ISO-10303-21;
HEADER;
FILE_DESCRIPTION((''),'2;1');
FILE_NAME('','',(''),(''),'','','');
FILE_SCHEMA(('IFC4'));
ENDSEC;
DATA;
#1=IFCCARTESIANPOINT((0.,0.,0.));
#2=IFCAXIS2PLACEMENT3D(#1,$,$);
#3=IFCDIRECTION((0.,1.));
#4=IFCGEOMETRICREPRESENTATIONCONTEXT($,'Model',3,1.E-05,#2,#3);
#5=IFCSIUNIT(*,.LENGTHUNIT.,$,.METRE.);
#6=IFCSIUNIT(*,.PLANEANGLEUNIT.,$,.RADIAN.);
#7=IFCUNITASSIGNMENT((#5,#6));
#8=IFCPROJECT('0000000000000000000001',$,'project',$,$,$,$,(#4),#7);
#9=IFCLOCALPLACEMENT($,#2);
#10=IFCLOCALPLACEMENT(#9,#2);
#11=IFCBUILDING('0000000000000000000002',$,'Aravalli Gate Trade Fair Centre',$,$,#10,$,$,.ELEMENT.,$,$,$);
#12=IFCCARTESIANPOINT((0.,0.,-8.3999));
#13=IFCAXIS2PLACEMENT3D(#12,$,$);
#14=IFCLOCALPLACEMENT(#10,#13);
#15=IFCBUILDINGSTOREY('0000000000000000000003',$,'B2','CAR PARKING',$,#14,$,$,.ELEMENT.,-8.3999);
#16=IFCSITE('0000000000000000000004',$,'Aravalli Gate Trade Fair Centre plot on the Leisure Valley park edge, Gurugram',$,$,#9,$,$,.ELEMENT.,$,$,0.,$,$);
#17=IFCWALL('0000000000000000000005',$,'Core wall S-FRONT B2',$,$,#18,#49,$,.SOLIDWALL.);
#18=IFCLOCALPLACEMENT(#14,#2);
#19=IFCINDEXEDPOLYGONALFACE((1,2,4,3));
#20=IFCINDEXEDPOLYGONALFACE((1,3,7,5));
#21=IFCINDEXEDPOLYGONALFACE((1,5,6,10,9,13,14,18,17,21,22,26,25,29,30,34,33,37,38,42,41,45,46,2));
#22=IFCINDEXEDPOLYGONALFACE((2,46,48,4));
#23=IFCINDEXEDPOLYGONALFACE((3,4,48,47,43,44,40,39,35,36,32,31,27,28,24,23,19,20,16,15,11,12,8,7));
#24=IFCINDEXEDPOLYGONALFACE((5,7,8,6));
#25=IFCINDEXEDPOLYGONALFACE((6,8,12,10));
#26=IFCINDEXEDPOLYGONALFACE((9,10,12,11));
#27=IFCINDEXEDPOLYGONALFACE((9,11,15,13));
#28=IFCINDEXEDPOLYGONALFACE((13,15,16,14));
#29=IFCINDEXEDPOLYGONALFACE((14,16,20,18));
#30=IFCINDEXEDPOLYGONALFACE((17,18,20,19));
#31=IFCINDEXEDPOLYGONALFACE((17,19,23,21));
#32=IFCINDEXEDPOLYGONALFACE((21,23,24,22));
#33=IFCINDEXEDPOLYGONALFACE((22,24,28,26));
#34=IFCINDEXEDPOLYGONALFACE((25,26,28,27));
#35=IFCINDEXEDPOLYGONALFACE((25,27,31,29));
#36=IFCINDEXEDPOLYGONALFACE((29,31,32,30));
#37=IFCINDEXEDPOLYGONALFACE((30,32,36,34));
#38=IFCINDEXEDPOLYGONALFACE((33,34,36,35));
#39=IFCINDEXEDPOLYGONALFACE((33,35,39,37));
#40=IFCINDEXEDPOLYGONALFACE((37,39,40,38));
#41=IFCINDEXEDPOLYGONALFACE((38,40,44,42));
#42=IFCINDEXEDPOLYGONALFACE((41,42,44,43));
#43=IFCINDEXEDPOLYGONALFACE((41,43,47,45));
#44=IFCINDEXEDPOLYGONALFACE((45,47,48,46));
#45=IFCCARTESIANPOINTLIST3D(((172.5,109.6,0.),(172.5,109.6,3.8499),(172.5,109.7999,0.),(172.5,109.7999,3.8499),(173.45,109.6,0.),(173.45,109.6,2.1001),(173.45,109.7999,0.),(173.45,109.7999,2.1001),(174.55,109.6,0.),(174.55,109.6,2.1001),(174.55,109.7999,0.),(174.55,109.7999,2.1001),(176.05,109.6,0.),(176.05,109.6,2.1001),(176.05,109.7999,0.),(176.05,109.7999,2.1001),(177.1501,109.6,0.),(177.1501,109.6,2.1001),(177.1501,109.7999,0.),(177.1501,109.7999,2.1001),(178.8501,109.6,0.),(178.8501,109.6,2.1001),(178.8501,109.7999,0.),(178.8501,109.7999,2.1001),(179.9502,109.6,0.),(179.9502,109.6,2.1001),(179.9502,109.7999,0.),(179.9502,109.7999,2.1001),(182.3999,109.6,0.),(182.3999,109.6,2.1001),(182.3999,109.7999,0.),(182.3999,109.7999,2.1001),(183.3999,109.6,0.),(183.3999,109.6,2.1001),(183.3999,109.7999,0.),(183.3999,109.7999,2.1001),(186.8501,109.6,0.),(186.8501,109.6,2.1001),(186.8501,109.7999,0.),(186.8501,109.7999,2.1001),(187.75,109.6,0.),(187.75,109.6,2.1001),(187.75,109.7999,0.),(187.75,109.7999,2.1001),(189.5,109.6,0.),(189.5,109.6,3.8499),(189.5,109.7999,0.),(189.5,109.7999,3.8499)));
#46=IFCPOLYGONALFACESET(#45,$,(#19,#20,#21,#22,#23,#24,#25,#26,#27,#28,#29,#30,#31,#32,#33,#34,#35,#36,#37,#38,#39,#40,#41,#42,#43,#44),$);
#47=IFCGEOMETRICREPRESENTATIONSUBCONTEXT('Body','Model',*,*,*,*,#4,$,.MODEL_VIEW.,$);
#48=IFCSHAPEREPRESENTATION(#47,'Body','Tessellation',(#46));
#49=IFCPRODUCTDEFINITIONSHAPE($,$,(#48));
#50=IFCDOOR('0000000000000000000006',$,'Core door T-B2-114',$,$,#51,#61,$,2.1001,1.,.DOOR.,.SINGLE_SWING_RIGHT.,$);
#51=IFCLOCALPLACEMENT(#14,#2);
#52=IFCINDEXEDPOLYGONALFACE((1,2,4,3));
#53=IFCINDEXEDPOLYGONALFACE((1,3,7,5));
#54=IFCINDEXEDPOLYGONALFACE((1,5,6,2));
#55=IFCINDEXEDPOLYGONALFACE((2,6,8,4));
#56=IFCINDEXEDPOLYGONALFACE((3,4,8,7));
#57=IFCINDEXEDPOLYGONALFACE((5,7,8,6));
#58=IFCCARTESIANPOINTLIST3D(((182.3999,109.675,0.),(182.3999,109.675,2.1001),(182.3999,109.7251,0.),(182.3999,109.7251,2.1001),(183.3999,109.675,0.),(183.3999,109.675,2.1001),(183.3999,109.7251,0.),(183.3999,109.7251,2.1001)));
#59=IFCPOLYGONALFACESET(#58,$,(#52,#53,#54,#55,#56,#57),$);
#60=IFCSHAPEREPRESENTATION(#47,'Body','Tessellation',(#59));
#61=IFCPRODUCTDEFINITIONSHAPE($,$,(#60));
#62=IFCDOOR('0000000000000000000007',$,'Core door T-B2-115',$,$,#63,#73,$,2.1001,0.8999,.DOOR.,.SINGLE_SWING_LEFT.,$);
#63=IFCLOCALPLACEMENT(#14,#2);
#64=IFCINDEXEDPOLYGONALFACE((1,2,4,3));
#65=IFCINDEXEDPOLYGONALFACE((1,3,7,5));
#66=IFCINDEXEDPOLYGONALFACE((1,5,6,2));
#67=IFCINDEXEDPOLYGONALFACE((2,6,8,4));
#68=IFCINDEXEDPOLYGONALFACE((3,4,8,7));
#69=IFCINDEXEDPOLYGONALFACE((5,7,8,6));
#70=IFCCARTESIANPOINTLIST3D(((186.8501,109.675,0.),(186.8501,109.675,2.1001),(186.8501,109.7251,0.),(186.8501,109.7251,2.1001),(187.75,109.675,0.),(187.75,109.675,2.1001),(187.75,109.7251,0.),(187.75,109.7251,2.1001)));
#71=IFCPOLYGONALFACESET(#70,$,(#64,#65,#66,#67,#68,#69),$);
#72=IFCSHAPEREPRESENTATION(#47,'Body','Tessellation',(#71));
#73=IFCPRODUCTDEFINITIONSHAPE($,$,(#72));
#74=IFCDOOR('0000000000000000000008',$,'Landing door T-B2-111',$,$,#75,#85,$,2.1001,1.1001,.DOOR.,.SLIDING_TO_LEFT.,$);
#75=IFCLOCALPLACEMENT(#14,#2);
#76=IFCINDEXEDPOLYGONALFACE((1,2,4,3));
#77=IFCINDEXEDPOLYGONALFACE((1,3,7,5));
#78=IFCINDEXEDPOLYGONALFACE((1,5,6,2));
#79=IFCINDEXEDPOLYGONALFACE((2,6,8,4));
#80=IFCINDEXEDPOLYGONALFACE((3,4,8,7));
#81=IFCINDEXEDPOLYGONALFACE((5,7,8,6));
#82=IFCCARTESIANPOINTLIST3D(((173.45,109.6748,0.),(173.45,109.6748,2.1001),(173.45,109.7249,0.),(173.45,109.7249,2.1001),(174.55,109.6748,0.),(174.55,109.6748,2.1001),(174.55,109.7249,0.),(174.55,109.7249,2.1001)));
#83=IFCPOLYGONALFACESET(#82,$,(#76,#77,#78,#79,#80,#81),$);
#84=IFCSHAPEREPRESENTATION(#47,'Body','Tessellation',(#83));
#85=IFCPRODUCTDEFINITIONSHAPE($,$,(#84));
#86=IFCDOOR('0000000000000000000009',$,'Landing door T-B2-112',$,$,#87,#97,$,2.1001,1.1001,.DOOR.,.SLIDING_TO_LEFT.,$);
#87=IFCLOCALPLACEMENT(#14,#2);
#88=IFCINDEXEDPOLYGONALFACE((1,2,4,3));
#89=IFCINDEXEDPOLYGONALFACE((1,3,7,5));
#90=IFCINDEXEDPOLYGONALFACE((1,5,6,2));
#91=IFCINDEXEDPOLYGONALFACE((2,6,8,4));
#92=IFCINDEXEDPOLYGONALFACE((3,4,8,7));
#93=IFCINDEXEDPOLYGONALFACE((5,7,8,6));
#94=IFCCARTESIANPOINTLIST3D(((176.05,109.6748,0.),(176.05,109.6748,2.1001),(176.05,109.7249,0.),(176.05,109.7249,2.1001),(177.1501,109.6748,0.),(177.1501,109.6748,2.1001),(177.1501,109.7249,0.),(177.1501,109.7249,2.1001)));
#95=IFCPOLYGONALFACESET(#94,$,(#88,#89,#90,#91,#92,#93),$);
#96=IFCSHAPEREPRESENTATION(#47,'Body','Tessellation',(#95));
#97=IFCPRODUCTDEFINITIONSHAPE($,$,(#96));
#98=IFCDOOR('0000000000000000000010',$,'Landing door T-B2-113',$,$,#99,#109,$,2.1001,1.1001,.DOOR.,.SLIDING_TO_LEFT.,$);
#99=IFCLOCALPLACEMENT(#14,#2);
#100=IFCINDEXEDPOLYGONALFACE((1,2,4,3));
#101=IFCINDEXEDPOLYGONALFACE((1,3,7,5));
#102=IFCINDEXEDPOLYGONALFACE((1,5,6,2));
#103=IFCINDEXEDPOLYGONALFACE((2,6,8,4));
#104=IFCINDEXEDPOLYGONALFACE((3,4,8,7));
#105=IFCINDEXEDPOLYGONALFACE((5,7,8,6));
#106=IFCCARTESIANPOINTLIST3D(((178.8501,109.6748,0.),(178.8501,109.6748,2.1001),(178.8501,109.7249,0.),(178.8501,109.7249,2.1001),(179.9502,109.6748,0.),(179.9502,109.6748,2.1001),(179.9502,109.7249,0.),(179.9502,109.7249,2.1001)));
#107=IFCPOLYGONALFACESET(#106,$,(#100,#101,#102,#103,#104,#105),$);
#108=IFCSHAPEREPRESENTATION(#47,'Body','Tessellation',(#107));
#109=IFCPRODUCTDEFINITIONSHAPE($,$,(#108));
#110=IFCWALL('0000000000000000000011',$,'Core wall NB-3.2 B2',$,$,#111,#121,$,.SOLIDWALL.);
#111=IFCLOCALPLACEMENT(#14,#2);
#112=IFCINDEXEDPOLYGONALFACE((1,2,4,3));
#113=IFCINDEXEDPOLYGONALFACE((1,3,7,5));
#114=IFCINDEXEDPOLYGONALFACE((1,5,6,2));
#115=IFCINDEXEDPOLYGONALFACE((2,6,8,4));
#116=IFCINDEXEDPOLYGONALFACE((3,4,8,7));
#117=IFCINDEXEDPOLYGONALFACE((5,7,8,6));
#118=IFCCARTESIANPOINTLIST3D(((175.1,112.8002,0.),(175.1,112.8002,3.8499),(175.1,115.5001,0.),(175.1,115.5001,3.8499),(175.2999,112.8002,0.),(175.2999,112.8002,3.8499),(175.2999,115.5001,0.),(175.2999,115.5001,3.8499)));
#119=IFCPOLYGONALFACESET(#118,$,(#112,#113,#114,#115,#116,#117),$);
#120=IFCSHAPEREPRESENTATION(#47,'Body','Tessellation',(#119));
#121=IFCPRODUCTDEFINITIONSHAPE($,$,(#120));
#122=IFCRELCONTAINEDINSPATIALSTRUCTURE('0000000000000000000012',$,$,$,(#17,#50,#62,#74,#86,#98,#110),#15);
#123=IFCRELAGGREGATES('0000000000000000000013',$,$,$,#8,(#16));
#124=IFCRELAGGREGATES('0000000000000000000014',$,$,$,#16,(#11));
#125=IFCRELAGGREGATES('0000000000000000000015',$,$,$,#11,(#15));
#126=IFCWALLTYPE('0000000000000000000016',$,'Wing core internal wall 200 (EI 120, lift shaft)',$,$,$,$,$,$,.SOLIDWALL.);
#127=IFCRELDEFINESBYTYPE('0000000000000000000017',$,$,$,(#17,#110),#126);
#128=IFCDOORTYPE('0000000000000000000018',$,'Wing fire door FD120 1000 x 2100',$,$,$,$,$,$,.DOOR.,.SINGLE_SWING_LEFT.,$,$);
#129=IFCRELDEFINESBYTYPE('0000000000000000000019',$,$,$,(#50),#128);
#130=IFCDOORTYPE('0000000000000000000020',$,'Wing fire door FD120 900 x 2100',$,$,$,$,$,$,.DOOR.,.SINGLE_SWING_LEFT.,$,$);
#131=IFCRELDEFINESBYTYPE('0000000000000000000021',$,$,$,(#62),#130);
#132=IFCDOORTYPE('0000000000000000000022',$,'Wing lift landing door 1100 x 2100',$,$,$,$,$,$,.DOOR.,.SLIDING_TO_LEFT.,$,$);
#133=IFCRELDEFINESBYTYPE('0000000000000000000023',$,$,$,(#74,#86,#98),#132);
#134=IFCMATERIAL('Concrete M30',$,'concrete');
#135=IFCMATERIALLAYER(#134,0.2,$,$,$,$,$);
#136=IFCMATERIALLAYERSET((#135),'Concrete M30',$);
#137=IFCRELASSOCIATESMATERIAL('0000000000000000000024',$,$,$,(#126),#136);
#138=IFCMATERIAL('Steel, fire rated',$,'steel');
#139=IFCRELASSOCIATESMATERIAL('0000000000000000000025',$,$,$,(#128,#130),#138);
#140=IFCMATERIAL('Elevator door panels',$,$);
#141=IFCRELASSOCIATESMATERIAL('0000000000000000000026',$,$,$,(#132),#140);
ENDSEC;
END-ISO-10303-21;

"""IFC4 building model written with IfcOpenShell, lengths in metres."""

from ifc_helpers import new_model, si_unit, direction, frame, frame_2d, origin, place, context, subcontext, project, spatial, rectangle, extrude, material, layer, layer_set, type_object, element, fill, save


model = new_model("IFC4")

# Units and contexts
model_context = context("Model", 3, precision=1e-05, world=origin(), true_north=direction((0.0, 1.0)))
body_context = subcontext(model_context, "Body", "Model", "MODEL_VIEW")
ifc_project = project(units=[si_unit("LENGTHUNIT", "METRE"), si_unit("PLANEANGLEUNIT", "RADIAN")], contexts=[model_context])

# Site, building, storey
site_placement = place(None, origin())
site = spatial("IfcSite", under=ifc_project, at=site_placement, Name="Aravalli Gate Trade Fair Centre plot on the Leisure Valley park edge, Gurugram", CompositionType="ELEMENT", RefElevation=0.0)
building_placement = place(site_placement, origin())
building = spatial("IfcBuilding", under=site, at=building_placement, Name="Aravalli Gate Trade Fair Centre", CompositionType="ELEMENT")
storey_placement = place(building_placement, frame((0.0, 0.0, -8.3999)))
storey = spatial("IfcBuildingStorey", under=building, at=storey_placement, Name="B2", Description="CAR PARKING", CompositionType="ELEMENT", Elevation=-8.3999)

# Wall, openings, doors
ifc_material_1 = material(Name="Concrete M30", Category="concrete")
ifc_layer = layer(ifc_material_1, 0.2)
ifc_layer_set = layer_set([ifc_layer], Name="Concrete M30")
wall_type = type_object("IfcWallType", Name="Wing core internal wall 200 (EI 120, lift shaft)", PredefinedType="SOLIDWALL", material=ifc_layer_set)
wall_1_placement = place(storey_placement, frame((172.5, 109.7, 0.0), z_axis=(0.0, 0.0, 1.0), x_axis=(1.0, 0.0, 0.0)))
wall_1 = element("IfcWall", 1, at=wall_1_placement, inside=storey, type_object=wall_type, Name="Core wall S-FRONT B2", PredefinedType="SOLIDWALL", context=body_context, shape_type="SweptSolid", body=[
    extrude(rectangle(XDim=17.0, YDim=0.2, at=frame_2d((8.5, 0.0))), origin(), (0.0, 0.0, 1.0), 3.8499),
])
opening_1_placement = place(wall_1_placement, frame((0.95, 0.0, 0.0)))
opening_1 = element("IfcOpeningElement", 2, at=opening_1_placement, cuts=wall_1, PredefinedType="OPENING", context=body_context, shape_type="SweptSolid", body=[
    extrude(rectangle(XDim=1.1001, YDim=2.1001, at=frame_2d((0.55, 1.05))), frame((0.0, 0.1099, 0.0), z_axis=(0.0, -1.0, 0.0), x_axis=(1.0, 0.0, 0.0)), (0.0, 0.0, 1.0), 0.22),
])
opening_2_placement = place(wall_1_placement, frame((3.55, 0.0, 0.0)))
opening_2 = element("IfcOpeningElement", 3, at=opening_2_placement, cuts=wall_1, PredefinedType="OPENING", context=body_context, shape_type="SweptSolid", body=[
    extrude(rectangle(XDim=1.1001, YDim=2.1001, at=frame_2d((0.55, 1.05))), frame((0.0, 0.1099, 0.0), z_axis=(0.0, -1.0, 0.0), x_axis=(1.0, 0.0, 0.0)), (0.0, 0.0, 1.0), 0.22),
])
opening_3_placement = place(wall_1_placement, frame((6.3501, 0.0, 0.0)))
opening_3 = element("IfcOpeningElement", 4, at=opening_3_placement, cuts=wall_1, PredefinedType="OPENING", context=body_context, shape_type="SweptSolid", body=[
    extrude(rectangle(XDim=1.1001, YDim=2.1001, at=frame_2d((0.55, 1.05))), frame((0.0, 0.1099, 0.0), z_axis=(0.0, -1.0, 0.0), x_axis=(1.0, 0.0, 0.0)), (0.0, 0.0, 1.0), 0.22),
])
opening_4_placement = place(wall_1_placement, frame((9.8999, 0.0, 0.0)))
opening_4 = element("IfcOpeningElement", 5, at=opening_4_placement, cuts=wall_1, PredefinedType="OPENING", context=body_context, shape_type="SweptSolid", body=[
    extrude(rectangle(XDim=1.0, YDim=2.1001, at=frame_2d((0.5, 1.05))), frame((0.0, 0.1099, 0.0), z_axis=(0.0, -1.0, 0.0), x_axis=(1.0, 0.0, 0.0)), (0.0, 0.0, 1.0), 0.22),
])
opening_5_placement = place(wall_1_placement, frame((14.3501, 0.0, 0.0)))
opening_5 = element("IfcOpeningElement", 6, at=opening_5_placement, cuts=wall_1, PredefinedType="OPENING", context=body_context, shape_type="SweptSolid", body=[
    extrude(rectangle(XDim=0.8999, YDim=2.1001, at=frame_2d((0.45, 1.05))), frame((0.0, 0.1099, 0.0), z_axis=(0.0, -1.0, 0.0), x_axis=(1.0, 0.0, 0.0)), (0.0, 0.0, 1.0), 0.22),
])
ifc_material_2 = material(Name="Steel, fire rated", Category="steel")
door_type_1 = type_object("IfcDoorType", Name="Wing fire door FD120 1000 x 2100", OperationType="SINGLE_SWING_LEFT", PredefinedType="DOOR", material=ifc_material_2)
door_1_placement = place(opening_4_placement, frame((1.0, 0.0, 0.0), z_axis=(0.0, 0.0, 1.0), x_axis=(-1.0, 0.0, 0.0)))
door_1 = element("IfcDoor", 7, at=door_1_placement, inside=storey, type_object=door_type_1, Name="Core door T-B2-114", OperationType="SINGLE_SWING_RIGHT", OverallHeight=2.1001, OverallWidth=1.0, PredefinedType="DOOR", context=body_context, shape_type="SweptSolid", body=[
    extrude(rectangle(XDim=1.0, YDim=2.1001, at=frame_2d((0.5, 1.05))), frame((0.0, 0.0249, 0.0), z_axis=(0.0, -1.0, 0.0), x_axis=(1.0, 0.0, 0.0)), (0.0, 0.0, 1.0), 0.05),
])
fill(opening_4, door_1)
door_type_2 = type_object("IfcDoorType", Name="Wing fire door FD120 900 x 2100", OperationType="SINGLE_SWING_LEFT", PredefinedType="DOOR", material=ifc_material_2)
door_2_placement = place(opening_5_placement, frame((0.8999, 0.0, 0.0), z_axis=(0.0, 0.0, 1.0), x_axis=(-1.0, 0.0, 0.0)))
door_2 = element("IfcDoor", 8, at=door_2_placement, inside=storey, type_object=door_type_2, Name="Core door T-B2-115", OperationType="SINGLE_SWING_LEFT", OverallHeight=2.1001, OverallWidth=0.8999, PredefinedType="DOOR", context=body_context, shape_type="SweptSolid", body=[
    extrude(rectangle(XDim=0.8999, YDim=2.1001, at=frame_2d((0.45, 1.05))), frame((0.0, 0.0249, 0.0), z_axis=(0.0, -1.0, 0.0), x_axis=(1.0, 0.0, 0.0)), (0.0, 0.0, 1.0), 0.05),
])
fill(opening_5, door_2)
ifc_material_3 = material(Name="Elevator door panels")
door_type_3 = type_object("IfcDoorType", Name="Wing lift landing door 1100 x 2100", OperationType="SLIDING_TO_LEFT", PredefinedType="DOOR", material=ifc_material_3)
door_3_placement = place(opening_1_placement, origin())
door_3 = element("IfcDoor", 9, at=door_3_placement, inside=storey, type_object=door_type_3, Name="Landing door T-B2-111", OperationType="SLIDING_TO_LEFT", OverallHeight=2.1001, OverallWidth=1.1001, PredefinedType="DOOR", context=body_context, shape_type="SweptSolid", body=[
    extrude(rectangle(XDim=1.1001, YDim=2.1001, at=frame_2d((0.55, 1.05))), frame((0.0, 0.0249, 0.0), z_axis=(0.0, -1.0, 0.0), x_axis=(1.0, 0.0, 0.0)), (0.0, 0.0, 1.0), 0.05),
])
fill(opening_1, door_3)
door_4_placement = place(opening_2_placement, origin())
door_4 = element("IfcDoor", 10, at=door_4_placement, inside=storey, type_object=door_type_3, Name="Landing door T-B2-112", OperationType="SLIDING_TO_LEFT", OverallHeight=2.1001, OverallWidth=1.1001, PredefinedType="DOOR", context=body_context, shape_type="SweptSolid", body=[
    extrude(rectangle(XDim=1.1001, YDim=2.1001, at=frame_2d((0.55, 1.05))), frame((0.0, 0.0249, 0.0), z_axis=(0.0, -1.0, 0.0), x_axis=(1.0, 0.0, 0.0)), (0.0, 0.0, 1.0), 0.05),
])
fill(opening_2, door_4)
door_5_placement = place(opening_3_placement, origin())
door_5 = element("IfcDoor", 11, at=door_5_placement, inside=storey, type_object=door_type_3, Name="Landing door T-B2-113", OperationType="SLIDING_TO_LEFT", OverallHeight=2.1001, OverallWidth=1.1001, PredefinedType="DOOR", context=body_context, shape_type="SweptSolid", body=[
    extrude(rectangle(XDim=1.1001, YDim=2.1001, at=frame_2d((0.55, 1.05))), frame((0.0, 0.0249, 0.0), z_axis=(0.0, -1.0, 0.0), x_axis=(1.0, 0.0, 0.0)), (0.0, 0.0, 1.0), 0.05),
])
fill(opening_3, door_5)

# Wall
wall_2_placement = place(storey_placement, frame((175.2, 112.8, 0.0), z_axis=(0.0, 0.0, 1.0), x_axis=(0.0, 1.0, 0.0)))
element("IfcWall", 12, at=wall_2_placement, inside=storey, type_object=wall_type, Name="Core wall NB-3.2 B2", PredefinedType="SOLIDWALL", context=body_context, shape_type="SweptSolid", body=[
    extrude(rectangle(XDim=2.7, YDim=0.2, at=frame_2d((1.3501, 0.0))), origin(), (0.0, 0.0, 1.0), 3.8499),
])

save(model, "model.ifc")
